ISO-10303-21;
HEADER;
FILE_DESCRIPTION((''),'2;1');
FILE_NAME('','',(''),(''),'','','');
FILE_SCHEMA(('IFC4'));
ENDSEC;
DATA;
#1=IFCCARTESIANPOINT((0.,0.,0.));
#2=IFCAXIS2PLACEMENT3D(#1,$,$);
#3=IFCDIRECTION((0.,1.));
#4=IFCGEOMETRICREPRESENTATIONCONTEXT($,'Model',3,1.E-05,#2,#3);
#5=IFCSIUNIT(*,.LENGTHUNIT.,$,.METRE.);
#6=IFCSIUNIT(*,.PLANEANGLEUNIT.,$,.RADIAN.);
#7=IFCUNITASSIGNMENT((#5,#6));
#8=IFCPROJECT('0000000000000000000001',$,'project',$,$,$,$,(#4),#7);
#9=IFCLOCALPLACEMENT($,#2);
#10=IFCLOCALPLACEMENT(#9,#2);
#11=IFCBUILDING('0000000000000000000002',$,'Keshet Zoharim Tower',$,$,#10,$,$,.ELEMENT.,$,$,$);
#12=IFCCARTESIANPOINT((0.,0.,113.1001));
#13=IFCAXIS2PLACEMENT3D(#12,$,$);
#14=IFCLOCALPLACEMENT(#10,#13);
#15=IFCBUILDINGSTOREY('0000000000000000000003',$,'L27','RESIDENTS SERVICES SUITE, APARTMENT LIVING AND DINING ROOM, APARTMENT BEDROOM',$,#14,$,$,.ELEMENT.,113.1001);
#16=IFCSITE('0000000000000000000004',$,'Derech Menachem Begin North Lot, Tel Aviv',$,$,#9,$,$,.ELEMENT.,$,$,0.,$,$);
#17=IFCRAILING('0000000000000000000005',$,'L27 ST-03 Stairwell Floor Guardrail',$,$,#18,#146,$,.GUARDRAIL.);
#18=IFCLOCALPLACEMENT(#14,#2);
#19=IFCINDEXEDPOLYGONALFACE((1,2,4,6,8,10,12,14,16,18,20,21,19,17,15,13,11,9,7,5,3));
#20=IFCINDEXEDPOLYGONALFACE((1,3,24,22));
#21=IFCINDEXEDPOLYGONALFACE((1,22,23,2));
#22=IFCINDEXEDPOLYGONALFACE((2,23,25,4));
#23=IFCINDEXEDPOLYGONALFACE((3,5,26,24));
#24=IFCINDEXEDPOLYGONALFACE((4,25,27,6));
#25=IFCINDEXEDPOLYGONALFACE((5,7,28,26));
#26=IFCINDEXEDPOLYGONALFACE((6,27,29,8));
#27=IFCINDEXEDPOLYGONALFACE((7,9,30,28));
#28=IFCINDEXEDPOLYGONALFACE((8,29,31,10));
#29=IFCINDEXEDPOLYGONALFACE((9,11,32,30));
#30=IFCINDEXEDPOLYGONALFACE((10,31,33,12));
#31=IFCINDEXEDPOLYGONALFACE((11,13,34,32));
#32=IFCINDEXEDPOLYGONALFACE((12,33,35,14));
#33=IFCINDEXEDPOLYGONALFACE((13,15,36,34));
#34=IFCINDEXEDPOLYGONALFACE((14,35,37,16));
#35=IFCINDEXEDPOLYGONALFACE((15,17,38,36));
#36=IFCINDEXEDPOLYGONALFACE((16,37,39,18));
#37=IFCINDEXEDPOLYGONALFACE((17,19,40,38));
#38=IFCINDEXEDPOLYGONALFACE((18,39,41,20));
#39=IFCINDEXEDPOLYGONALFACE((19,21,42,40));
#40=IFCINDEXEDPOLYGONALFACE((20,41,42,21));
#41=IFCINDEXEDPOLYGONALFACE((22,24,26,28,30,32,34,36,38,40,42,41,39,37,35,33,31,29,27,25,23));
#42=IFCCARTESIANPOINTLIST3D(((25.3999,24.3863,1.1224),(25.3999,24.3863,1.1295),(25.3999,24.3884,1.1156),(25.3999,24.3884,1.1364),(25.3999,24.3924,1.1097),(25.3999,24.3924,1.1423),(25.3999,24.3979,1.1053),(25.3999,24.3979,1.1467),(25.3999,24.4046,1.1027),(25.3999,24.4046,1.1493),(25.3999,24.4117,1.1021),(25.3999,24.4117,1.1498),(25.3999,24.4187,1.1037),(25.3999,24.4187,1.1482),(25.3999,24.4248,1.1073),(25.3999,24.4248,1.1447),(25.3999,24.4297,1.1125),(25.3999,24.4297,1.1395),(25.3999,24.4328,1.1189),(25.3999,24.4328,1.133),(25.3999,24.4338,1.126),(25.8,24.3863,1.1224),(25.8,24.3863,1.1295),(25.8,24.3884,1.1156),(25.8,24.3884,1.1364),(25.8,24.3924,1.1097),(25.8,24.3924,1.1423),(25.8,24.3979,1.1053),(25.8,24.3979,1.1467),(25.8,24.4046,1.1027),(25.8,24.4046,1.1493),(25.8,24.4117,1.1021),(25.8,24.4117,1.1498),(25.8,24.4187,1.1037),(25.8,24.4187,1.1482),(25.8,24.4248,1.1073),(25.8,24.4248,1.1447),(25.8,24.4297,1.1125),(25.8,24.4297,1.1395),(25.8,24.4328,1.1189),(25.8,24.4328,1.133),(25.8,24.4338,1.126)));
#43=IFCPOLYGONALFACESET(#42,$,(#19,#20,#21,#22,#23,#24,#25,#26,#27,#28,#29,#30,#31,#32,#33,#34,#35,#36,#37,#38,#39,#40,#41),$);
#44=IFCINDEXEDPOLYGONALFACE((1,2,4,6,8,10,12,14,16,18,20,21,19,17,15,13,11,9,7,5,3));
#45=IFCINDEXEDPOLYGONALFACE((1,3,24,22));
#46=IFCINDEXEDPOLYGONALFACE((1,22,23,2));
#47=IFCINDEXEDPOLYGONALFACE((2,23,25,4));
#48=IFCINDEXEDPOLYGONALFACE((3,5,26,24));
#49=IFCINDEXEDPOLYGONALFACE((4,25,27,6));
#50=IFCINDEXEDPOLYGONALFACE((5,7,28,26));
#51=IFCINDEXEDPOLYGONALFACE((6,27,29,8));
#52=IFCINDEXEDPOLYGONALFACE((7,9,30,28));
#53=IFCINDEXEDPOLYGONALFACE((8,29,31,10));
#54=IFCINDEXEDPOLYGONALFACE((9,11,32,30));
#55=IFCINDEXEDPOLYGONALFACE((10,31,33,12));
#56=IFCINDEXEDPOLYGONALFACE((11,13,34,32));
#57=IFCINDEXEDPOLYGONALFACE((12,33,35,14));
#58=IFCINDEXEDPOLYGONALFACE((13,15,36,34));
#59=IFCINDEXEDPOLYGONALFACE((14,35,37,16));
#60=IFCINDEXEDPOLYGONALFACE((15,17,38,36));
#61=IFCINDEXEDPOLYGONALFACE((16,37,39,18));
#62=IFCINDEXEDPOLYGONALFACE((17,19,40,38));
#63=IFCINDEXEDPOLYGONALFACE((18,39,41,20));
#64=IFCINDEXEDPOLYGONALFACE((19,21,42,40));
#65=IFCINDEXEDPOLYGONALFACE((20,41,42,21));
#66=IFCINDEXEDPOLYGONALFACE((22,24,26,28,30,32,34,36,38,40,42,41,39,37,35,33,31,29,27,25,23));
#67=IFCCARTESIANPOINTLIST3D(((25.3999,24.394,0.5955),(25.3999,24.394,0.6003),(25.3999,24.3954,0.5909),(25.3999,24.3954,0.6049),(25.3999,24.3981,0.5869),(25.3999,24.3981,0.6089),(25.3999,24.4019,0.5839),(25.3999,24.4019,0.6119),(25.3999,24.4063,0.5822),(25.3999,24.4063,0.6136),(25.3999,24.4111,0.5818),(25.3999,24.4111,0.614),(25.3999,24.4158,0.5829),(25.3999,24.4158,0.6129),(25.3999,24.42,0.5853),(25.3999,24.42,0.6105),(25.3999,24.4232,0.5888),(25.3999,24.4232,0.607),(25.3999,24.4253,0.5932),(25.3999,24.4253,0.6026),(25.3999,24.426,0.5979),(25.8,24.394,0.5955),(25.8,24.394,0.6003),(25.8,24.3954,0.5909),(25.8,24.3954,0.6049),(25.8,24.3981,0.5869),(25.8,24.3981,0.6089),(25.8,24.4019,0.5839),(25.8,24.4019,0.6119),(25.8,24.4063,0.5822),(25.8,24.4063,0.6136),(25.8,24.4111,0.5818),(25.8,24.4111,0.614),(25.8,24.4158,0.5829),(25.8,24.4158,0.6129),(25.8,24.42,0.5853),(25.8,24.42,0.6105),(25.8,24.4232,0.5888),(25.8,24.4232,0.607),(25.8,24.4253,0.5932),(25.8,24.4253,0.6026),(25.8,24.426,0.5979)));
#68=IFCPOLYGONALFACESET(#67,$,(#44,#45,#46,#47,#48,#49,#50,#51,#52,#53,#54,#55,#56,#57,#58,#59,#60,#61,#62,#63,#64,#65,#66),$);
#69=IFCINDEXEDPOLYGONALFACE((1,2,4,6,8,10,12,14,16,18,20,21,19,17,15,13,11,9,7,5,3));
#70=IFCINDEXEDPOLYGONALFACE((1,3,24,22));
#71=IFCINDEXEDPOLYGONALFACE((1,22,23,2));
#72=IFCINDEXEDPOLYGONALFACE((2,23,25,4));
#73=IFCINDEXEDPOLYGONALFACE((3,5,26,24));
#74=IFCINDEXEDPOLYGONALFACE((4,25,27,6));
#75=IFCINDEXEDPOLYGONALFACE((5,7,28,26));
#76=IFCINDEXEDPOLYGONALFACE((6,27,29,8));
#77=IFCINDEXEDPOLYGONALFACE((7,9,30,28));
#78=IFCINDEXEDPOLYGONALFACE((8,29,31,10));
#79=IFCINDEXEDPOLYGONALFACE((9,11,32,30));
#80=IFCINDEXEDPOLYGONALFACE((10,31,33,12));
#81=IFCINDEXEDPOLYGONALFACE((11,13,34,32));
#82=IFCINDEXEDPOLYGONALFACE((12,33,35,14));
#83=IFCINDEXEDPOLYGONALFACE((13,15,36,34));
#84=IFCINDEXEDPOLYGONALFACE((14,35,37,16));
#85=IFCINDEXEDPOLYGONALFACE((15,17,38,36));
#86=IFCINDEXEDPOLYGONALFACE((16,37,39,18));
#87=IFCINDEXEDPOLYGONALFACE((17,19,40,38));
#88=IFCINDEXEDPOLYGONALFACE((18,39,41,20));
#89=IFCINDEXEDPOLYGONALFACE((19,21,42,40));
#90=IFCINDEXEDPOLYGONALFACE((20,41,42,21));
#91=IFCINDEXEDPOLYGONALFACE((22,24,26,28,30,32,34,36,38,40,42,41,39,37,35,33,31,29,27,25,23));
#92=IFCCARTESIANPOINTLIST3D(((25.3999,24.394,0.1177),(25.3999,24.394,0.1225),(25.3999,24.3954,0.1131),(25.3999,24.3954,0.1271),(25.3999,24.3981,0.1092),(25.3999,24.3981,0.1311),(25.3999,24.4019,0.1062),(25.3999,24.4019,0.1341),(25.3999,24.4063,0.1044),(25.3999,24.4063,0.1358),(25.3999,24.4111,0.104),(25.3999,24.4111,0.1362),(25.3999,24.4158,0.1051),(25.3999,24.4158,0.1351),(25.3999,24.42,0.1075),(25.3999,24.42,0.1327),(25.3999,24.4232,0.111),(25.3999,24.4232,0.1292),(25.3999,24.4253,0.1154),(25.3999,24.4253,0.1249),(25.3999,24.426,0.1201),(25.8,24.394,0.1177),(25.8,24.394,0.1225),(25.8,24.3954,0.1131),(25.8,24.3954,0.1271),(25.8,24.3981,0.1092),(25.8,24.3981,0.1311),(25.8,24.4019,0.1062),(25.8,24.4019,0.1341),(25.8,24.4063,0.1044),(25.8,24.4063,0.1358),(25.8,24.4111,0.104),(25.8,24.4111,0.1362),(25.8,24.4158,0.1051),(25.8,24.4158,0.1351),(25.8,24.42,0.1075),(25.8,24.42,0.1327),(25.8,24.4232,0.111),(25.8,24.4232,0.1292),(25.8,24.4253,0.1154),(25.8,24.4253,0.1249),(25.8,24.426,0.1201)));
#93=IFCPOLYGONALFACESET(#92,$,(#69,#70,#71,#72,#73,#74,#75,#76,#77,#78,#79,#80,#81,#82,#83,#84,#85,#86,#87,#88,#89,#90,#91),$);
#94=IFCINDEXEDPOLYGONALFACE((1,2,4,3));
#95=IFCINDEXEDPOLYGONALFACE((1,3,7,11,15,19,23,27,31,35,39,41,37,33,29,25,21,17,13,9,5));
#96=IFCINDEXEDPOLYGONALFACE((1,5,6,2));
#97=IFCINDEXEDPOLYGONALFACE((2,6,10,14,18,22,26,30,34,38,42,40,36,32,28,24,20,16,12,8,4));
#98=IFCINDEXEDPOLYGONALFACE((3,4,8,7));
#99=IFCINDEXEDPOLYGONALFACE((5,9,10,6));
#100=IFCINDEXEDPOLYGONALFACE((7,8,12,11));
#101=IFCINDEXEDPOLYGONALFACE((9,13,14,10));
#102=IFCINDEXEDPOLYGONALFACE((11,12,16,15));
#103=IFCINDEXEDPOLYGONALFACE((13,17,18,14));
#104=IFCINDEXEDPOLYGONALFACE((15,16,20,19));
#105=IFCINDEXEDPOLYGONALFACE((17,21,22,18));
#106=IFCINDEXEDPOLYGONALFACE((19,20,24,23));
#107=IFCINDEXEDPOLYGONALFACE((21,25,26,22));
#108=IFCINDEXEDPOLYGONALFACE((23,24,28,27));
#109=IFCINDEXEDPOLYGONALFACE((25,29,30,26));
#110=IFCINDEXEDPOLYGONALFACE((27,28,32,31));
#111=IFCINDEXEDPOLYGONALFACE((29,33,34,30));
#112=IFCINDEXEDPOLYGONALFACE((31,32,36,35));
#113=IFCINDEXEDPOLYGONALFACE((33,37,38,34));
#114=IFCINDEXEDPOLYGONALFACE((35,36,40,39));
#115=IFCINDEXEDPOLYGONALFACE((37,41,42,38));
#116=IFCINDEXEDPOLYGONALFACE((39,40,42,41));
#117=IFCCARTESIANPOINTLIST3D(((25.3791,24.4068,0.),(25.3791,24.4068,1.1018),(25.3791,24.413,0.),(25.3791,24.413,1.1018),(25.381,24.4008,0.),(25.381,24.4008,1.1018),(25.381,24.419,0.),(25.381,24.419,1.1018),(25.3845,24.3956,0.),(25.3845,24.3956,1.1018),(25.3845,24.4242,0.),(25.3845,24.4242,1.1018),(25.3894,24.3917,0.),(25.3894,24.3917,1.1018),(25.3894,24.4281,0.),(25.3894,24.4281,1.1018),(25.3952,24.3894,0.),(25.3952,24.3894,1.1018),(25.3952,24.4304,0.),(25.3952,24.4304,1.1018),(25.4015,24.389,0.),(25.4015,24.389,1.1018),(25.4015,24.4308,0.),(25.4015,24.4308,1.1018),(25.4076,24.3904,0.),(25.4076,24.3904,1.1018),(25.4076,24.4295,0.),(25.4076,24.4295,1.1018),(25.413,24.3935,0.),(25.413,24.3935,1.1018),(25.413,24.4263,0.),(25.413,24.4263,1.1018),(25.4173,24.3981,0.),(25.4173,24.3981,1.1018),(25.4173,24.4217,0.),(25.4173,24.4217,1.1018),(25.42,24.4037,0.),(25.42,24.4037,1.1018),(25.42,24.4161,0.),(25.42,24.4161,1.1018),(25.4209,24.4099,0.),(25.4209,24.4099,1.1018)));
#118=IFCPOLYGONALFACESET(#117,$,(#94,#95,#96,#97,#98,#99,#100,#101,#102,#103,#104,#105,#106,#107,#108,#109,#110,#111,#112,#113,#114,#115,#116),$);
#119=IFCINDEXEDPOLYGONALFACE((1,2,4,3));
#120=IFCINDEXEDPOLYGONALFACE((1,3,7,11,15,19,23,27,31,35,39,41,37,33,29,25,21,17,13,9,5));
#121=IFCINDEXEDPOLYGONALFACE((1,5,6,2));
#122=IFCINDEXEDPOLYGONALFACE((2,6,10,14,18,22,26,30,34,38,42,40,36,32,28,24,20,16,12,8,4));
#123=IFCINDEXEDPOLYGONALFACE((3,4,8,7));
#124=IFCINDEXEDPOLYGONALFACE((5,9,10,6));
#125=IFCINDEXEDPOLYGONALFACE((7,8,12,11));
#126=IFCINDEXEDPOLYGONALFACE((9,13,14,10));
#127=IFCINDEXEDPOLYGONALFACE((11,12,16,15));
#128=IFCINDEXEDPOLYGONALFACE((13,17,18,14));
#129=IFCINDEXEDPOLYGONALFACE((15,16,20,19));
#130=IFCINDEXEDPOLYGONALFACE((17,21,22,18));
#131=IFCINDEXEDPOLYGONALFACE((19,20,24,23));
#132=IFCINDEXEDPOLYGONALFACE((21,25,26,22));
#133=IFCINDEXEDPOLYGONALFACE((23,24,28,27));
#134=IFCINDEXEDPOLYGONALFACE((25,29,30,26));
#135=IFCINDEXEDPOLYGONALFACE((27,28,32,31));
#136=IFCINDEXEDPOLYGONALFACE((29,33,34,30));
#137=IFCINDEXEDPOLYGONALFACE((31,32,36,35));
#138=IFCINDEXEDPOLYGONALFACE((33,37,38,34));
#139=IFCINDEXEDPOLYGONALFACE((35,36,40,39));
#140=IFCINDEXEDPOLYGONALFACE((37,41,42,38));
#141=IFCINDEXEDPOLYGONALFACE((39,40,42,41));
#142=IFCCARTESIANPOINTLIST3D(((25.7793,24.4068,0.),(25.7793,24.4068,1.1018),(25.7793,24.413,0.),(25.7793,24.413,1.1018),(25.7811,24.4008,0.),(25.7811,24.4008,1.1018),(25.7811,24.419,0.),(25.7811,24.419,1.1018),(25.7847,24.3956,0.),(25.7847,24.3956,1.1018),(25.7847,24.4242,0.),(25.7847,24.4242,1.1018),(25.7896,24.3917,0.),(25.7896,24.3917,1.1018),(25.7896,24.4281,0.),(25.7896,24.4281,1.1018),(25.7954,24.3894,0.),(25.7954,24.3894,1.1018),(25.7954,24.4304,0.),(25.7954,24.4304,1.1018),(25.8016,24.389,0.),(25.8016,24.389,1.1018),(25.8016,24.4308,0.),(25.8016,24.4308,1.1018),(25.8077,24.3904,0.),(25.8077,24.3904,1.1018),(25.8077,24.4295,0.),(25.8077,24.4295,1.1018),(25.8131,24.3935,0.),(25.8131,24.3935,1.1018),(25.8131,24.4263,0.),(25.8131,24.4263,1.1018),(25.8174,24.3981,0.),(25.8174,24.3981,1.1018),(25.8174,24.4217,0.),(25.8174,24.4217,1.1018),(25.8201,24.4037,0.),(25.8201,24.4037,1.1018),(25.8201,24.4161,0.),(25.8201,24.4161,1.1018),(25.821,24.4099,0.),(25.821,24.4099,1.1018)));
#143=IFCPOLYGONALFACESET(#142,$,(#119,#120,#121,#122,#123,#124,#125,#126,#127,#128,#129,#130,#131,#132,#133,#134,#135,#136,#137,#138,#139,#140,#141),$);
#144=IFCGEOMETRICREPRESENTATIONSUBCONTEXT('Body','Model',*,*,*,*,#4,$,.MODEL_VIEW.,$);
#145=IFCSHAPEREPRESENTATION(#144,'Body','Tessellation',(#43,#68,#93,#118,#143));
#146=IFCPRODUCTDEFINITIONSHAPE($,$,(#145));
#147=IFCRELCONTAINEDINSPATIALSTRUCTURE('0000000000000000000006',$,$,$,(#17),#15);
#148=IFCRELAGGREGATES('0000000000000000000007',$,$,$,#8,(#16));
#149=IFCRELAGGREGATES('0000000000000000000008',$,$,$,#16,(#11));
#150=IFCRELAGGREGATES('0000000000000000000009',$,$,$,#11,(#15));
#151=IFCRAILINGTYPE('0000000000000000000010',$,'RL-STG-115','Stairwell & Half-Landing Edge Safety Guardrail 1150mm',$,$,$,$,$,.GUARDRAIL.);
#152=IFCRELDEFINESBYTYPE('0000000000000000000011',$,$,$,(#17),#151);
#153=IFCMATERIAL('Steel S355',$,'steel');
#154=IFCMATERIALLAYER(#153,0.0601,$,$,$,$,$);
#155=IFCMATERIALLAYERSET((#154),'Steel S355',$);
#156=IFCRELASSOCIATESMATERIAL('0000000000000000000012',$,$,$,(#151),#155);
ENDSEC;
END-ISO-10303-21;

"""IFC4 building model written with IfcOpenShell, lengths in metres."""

from ifc_helpers import new_model, si_unit, direction, frame, origin, origin_2d, place, context, subcontext, project, spatial, circle, extrude, material, layer, layer_set, type_object, element, save


model = new_model("IFC4")

# Units and contexts
model_context = context("Model", 3, precision=1e-05, world=origin(), true_north=direction((0.0, 1.0)))
body_context = subcontext(model_context, "Body", "Model", "MODEL_VIEW")
ifc_project = project(units=[si_unit("LENGTHUNIT", "METRE"), si_unit("PLANEANGLEUNIT", "RADIAN")], contexts=[model_context])

# Site, building, storey
site_placement = place(None, origin())
site = spatial("IfcSite", under=ifc_project, at=site_placement, Name="Derech Menachem Begin North Lot, Tel Aviv", CompositionType="ELEMENT", RefElevation=0.0)
building_placement = place(site_placement, origin())
building = spatial("IfcBuilding", under=site, at=building_placement, Name="Keshet Zoharim Tower", CompositionType="ELEMENT")
storey_placement = place(building_placement, frame((0.0, 0.0, 113.1001)))
storey = spatial("IfcBuildingStorey", under=building, at=storey_placement, Name="L27", Description="RESIDENTS SERVICES SUITE, APARTMENT LIVING AND DINING ROOM, APARTMENT BEDROOM", CompositionType="ELEMENT", Elevation=113.1001)

# Railing
ifc_material_1 = material(Name="Steel S355", Category="steel")
ifc_layer_1 = layer(ifc_material_1, 0.0601)
ifc_layer_set_1 = layer_set([ifc_layer_1], Name="Steel S355")
railing_type_1 = type_object("IfcRailingType", Name="RL-STG-115", Description="Stairwell & Half-Landing Edge Safety Guardrail 1150mm", PredefinedType="GUARDRAIL", material=ifc_layer_set_1)
railing_1_placement = place(storey_placement, frame((25.3999, 24.4099, 0.0)))
element("IfcRailing", 1, at=railing_1_placement, inside=storey, type_object=railing_type_1, Name="L27 ST-03 Stairwell Floor Guardrail", PredefinedType="GUARDRAIL", context=body_context, shape_type="SweptSolid", body=[
    extrude(circle(Radius=0.0239, at=origin_2d()), frame((0.0, 0.0, 1.126), z_axis=(1.0, 0.0, 0.0), x_axis=(0.0, 1.0, 0.0)), (0.0, 0.0, 1.0), 0.4001),
    extrude(circle(Radius=0.0161, at=origin_2d()), frame((0.0, 0.0, 0.5979), z_axis=(1.0, 0.0, 0.0), x_axis=(0.0, 1.0, 0.0)), (0.0, 0.0, 1.0), 0.4001),
    extrude(circle(Radius=0.0161, at=origin_2d()), frame((0.0, 0.0, 0.1201), z_axis=(1.0, 0.0, 0.0), x_axis=(0.0, 1.0, 0.0)), (0.0, 0.0, 1.0), 0.4001),
    extrude(circle(Radius=0.021, at=origin_2d()), origin(), (0.0, 0.0, 1.0), 1.1018),
    extrude(circle(Radius=0.021, at=origin_2d()), frame((0.4001, 0.0, 0.0)), (0.0, 0.0, 1.0), 1.1018),
])

save(model, "model.ifc")
